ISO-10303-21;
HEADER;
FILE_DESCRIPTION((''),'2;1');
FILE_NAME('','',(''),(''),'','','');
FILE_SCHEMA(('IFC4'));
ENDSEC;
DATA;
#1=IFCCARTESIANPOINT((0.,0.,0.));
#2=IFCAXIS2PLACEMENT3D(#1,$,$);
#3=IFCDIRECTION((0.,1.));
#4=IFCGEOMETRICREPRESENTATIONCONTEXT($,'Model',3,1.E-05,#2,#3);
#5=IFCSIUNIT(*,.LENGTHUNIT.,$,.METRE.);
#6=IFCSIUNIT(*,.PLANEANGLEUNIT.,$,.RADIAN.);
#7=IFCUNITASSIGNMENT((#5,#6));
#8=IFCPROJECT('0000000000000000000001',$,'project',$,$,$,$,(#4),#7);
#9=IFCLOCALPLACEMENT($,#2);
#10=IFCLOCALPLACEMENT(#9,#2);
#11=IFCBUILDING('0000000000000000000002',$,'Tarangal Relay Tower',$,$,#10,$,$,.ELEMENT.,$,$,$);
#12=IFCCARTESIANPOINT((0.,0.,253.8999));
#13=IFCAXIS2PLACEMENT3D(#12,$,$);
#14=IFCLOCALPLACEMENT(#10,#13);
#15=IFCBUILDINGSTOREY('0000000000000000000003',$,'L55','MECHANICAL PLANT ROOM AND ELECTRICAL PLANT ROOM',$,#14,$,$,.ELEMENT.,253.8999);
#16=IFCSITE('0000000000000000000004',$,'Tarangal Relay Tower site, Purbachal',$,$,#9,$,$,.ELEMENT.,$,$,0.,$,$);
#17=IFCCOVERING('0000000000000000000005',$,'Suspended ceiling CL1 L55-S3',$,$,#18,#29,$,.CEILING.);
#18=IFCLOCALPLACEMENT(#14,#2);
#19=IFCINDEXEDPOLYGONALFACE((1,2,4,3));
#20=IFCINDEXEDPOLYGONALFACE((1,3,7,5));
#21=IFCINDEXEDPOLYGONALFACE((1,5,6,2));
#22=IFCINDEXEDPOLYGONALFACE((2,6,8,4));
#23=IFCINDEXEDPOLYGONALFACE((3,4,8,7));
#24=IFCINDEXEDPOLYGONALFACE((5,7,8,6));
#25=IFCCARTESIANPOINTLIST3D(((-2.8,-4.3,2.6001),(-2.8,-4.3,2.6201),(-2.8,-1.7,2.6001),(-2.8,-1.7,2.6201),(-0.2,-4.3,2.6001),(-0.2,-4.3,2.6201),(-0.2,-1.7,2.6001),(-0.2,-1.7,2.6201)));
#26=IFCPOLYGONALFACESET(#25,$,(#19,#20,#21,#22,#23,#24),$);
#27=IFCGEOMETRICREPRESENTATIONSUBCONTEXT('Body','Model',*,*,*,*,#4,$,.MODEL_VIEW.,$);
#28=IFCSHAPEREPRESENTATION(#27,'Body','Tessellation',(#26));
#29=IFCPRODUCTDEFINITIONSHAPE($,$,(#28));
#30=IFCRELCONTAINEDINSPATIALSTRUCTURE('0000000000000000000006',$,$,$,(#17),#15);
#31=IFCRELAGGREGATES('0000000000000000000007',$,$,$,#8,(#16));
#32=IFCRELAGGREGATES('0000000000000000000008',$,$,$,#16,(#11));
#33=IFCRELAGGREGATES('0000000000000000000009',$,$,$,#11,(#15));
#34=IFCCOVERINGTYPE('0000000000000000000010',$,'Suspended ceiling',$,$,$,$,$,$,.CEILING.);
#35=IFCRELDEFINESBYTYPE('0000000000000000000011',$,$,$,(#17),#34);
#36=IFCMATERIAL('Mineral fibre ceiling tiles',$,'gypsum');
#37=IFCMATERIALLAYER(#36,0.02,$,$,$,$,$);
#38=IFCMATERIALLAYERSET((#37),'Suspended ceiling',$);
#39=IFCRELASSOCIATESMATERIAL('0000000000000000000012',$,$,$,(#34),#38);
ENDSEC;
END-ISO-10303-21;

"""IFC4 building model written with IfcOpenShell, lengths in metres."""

from ifc_helpers import new_model, si_unit, direction, frame, origin, place, context, subcontext, project, spatial, polyline, outline, extrude, material, layer, layer_set, type_object, element, save


model = new_model("IFC4")

# Units and contexts
model_context = context("Model", 3, precision=1e-05, world=origin(), true_north=direction((0.0, 1.0)))
body_context = subcontext(model_context, "Body", "Model", "MODEL_VIEW")
ifc_project = project(units=[si_unit("LENGTHUNIT", "METRE"), si_unit("PLANEANGLEUNIT", "RADIAN")], contexts=[model_context])

# Site, building, storey
site_placement = place(None, origin())
site = spatial("IfcSite", under=ifc_project, at=site_placement, Name="Tarangal Relay Tower site, Purbachal", CompositionType="ELEMENT", RefElevation=0.0)
building_placement = place(site_placement, origin())
building = spatial("IfcBuilding", under=site, at=building_placement, Name="Tarangal Relay Tower", CompositionType="ELEMENT")
storey_placement = place(building_placement, frame((0.0, 0.0, 253.8999)))
storey = spatial("IfcBuildingStorey", under=building, at=storey_placement, Name="L55", Description="MECHANICAL PLANT ROOM AND ELECTRICAL PLANT ROOM", CompositionType="ELEMENT", Elevation=253.8999)

# Covering
ifc_material_1 = material(Name="Mineral fibre ceiling tiles", Category="gypsum")
ifc_layer_1 = layer(ifc_material_1, 0.02)
ifc_layer_set_1 = layer_set([ifc_layer_1], Name="Suspended ceiling")
covering_type_1 = type_object("IfcCoveringType", Name="Suspended ceiling", PredefinedType="CEILING", material=ifc_layer_set_1)
covering_1_placement = place(storey_placement, frame((0.0, 0.0, 2.6001)))
element("IfcCovering", 1, at=covering_1_placement, inside=storey, type_object=covering_type_1, Name="Suspended ceiling CL1 L55-S3", PredefinedType="CEILING", context=body_context, shape_type="SweptSolid", body=[
    extrude(outline(polyline([(-2.8, -4.3), (-0.2, -4.3), (-0.2, -1.7), (-2.8, -1.7), (-2.8, -4.3)])), origin(), (0.0, 0.0, 1.0), 0.02),
])

save(model, "model.ifc")
